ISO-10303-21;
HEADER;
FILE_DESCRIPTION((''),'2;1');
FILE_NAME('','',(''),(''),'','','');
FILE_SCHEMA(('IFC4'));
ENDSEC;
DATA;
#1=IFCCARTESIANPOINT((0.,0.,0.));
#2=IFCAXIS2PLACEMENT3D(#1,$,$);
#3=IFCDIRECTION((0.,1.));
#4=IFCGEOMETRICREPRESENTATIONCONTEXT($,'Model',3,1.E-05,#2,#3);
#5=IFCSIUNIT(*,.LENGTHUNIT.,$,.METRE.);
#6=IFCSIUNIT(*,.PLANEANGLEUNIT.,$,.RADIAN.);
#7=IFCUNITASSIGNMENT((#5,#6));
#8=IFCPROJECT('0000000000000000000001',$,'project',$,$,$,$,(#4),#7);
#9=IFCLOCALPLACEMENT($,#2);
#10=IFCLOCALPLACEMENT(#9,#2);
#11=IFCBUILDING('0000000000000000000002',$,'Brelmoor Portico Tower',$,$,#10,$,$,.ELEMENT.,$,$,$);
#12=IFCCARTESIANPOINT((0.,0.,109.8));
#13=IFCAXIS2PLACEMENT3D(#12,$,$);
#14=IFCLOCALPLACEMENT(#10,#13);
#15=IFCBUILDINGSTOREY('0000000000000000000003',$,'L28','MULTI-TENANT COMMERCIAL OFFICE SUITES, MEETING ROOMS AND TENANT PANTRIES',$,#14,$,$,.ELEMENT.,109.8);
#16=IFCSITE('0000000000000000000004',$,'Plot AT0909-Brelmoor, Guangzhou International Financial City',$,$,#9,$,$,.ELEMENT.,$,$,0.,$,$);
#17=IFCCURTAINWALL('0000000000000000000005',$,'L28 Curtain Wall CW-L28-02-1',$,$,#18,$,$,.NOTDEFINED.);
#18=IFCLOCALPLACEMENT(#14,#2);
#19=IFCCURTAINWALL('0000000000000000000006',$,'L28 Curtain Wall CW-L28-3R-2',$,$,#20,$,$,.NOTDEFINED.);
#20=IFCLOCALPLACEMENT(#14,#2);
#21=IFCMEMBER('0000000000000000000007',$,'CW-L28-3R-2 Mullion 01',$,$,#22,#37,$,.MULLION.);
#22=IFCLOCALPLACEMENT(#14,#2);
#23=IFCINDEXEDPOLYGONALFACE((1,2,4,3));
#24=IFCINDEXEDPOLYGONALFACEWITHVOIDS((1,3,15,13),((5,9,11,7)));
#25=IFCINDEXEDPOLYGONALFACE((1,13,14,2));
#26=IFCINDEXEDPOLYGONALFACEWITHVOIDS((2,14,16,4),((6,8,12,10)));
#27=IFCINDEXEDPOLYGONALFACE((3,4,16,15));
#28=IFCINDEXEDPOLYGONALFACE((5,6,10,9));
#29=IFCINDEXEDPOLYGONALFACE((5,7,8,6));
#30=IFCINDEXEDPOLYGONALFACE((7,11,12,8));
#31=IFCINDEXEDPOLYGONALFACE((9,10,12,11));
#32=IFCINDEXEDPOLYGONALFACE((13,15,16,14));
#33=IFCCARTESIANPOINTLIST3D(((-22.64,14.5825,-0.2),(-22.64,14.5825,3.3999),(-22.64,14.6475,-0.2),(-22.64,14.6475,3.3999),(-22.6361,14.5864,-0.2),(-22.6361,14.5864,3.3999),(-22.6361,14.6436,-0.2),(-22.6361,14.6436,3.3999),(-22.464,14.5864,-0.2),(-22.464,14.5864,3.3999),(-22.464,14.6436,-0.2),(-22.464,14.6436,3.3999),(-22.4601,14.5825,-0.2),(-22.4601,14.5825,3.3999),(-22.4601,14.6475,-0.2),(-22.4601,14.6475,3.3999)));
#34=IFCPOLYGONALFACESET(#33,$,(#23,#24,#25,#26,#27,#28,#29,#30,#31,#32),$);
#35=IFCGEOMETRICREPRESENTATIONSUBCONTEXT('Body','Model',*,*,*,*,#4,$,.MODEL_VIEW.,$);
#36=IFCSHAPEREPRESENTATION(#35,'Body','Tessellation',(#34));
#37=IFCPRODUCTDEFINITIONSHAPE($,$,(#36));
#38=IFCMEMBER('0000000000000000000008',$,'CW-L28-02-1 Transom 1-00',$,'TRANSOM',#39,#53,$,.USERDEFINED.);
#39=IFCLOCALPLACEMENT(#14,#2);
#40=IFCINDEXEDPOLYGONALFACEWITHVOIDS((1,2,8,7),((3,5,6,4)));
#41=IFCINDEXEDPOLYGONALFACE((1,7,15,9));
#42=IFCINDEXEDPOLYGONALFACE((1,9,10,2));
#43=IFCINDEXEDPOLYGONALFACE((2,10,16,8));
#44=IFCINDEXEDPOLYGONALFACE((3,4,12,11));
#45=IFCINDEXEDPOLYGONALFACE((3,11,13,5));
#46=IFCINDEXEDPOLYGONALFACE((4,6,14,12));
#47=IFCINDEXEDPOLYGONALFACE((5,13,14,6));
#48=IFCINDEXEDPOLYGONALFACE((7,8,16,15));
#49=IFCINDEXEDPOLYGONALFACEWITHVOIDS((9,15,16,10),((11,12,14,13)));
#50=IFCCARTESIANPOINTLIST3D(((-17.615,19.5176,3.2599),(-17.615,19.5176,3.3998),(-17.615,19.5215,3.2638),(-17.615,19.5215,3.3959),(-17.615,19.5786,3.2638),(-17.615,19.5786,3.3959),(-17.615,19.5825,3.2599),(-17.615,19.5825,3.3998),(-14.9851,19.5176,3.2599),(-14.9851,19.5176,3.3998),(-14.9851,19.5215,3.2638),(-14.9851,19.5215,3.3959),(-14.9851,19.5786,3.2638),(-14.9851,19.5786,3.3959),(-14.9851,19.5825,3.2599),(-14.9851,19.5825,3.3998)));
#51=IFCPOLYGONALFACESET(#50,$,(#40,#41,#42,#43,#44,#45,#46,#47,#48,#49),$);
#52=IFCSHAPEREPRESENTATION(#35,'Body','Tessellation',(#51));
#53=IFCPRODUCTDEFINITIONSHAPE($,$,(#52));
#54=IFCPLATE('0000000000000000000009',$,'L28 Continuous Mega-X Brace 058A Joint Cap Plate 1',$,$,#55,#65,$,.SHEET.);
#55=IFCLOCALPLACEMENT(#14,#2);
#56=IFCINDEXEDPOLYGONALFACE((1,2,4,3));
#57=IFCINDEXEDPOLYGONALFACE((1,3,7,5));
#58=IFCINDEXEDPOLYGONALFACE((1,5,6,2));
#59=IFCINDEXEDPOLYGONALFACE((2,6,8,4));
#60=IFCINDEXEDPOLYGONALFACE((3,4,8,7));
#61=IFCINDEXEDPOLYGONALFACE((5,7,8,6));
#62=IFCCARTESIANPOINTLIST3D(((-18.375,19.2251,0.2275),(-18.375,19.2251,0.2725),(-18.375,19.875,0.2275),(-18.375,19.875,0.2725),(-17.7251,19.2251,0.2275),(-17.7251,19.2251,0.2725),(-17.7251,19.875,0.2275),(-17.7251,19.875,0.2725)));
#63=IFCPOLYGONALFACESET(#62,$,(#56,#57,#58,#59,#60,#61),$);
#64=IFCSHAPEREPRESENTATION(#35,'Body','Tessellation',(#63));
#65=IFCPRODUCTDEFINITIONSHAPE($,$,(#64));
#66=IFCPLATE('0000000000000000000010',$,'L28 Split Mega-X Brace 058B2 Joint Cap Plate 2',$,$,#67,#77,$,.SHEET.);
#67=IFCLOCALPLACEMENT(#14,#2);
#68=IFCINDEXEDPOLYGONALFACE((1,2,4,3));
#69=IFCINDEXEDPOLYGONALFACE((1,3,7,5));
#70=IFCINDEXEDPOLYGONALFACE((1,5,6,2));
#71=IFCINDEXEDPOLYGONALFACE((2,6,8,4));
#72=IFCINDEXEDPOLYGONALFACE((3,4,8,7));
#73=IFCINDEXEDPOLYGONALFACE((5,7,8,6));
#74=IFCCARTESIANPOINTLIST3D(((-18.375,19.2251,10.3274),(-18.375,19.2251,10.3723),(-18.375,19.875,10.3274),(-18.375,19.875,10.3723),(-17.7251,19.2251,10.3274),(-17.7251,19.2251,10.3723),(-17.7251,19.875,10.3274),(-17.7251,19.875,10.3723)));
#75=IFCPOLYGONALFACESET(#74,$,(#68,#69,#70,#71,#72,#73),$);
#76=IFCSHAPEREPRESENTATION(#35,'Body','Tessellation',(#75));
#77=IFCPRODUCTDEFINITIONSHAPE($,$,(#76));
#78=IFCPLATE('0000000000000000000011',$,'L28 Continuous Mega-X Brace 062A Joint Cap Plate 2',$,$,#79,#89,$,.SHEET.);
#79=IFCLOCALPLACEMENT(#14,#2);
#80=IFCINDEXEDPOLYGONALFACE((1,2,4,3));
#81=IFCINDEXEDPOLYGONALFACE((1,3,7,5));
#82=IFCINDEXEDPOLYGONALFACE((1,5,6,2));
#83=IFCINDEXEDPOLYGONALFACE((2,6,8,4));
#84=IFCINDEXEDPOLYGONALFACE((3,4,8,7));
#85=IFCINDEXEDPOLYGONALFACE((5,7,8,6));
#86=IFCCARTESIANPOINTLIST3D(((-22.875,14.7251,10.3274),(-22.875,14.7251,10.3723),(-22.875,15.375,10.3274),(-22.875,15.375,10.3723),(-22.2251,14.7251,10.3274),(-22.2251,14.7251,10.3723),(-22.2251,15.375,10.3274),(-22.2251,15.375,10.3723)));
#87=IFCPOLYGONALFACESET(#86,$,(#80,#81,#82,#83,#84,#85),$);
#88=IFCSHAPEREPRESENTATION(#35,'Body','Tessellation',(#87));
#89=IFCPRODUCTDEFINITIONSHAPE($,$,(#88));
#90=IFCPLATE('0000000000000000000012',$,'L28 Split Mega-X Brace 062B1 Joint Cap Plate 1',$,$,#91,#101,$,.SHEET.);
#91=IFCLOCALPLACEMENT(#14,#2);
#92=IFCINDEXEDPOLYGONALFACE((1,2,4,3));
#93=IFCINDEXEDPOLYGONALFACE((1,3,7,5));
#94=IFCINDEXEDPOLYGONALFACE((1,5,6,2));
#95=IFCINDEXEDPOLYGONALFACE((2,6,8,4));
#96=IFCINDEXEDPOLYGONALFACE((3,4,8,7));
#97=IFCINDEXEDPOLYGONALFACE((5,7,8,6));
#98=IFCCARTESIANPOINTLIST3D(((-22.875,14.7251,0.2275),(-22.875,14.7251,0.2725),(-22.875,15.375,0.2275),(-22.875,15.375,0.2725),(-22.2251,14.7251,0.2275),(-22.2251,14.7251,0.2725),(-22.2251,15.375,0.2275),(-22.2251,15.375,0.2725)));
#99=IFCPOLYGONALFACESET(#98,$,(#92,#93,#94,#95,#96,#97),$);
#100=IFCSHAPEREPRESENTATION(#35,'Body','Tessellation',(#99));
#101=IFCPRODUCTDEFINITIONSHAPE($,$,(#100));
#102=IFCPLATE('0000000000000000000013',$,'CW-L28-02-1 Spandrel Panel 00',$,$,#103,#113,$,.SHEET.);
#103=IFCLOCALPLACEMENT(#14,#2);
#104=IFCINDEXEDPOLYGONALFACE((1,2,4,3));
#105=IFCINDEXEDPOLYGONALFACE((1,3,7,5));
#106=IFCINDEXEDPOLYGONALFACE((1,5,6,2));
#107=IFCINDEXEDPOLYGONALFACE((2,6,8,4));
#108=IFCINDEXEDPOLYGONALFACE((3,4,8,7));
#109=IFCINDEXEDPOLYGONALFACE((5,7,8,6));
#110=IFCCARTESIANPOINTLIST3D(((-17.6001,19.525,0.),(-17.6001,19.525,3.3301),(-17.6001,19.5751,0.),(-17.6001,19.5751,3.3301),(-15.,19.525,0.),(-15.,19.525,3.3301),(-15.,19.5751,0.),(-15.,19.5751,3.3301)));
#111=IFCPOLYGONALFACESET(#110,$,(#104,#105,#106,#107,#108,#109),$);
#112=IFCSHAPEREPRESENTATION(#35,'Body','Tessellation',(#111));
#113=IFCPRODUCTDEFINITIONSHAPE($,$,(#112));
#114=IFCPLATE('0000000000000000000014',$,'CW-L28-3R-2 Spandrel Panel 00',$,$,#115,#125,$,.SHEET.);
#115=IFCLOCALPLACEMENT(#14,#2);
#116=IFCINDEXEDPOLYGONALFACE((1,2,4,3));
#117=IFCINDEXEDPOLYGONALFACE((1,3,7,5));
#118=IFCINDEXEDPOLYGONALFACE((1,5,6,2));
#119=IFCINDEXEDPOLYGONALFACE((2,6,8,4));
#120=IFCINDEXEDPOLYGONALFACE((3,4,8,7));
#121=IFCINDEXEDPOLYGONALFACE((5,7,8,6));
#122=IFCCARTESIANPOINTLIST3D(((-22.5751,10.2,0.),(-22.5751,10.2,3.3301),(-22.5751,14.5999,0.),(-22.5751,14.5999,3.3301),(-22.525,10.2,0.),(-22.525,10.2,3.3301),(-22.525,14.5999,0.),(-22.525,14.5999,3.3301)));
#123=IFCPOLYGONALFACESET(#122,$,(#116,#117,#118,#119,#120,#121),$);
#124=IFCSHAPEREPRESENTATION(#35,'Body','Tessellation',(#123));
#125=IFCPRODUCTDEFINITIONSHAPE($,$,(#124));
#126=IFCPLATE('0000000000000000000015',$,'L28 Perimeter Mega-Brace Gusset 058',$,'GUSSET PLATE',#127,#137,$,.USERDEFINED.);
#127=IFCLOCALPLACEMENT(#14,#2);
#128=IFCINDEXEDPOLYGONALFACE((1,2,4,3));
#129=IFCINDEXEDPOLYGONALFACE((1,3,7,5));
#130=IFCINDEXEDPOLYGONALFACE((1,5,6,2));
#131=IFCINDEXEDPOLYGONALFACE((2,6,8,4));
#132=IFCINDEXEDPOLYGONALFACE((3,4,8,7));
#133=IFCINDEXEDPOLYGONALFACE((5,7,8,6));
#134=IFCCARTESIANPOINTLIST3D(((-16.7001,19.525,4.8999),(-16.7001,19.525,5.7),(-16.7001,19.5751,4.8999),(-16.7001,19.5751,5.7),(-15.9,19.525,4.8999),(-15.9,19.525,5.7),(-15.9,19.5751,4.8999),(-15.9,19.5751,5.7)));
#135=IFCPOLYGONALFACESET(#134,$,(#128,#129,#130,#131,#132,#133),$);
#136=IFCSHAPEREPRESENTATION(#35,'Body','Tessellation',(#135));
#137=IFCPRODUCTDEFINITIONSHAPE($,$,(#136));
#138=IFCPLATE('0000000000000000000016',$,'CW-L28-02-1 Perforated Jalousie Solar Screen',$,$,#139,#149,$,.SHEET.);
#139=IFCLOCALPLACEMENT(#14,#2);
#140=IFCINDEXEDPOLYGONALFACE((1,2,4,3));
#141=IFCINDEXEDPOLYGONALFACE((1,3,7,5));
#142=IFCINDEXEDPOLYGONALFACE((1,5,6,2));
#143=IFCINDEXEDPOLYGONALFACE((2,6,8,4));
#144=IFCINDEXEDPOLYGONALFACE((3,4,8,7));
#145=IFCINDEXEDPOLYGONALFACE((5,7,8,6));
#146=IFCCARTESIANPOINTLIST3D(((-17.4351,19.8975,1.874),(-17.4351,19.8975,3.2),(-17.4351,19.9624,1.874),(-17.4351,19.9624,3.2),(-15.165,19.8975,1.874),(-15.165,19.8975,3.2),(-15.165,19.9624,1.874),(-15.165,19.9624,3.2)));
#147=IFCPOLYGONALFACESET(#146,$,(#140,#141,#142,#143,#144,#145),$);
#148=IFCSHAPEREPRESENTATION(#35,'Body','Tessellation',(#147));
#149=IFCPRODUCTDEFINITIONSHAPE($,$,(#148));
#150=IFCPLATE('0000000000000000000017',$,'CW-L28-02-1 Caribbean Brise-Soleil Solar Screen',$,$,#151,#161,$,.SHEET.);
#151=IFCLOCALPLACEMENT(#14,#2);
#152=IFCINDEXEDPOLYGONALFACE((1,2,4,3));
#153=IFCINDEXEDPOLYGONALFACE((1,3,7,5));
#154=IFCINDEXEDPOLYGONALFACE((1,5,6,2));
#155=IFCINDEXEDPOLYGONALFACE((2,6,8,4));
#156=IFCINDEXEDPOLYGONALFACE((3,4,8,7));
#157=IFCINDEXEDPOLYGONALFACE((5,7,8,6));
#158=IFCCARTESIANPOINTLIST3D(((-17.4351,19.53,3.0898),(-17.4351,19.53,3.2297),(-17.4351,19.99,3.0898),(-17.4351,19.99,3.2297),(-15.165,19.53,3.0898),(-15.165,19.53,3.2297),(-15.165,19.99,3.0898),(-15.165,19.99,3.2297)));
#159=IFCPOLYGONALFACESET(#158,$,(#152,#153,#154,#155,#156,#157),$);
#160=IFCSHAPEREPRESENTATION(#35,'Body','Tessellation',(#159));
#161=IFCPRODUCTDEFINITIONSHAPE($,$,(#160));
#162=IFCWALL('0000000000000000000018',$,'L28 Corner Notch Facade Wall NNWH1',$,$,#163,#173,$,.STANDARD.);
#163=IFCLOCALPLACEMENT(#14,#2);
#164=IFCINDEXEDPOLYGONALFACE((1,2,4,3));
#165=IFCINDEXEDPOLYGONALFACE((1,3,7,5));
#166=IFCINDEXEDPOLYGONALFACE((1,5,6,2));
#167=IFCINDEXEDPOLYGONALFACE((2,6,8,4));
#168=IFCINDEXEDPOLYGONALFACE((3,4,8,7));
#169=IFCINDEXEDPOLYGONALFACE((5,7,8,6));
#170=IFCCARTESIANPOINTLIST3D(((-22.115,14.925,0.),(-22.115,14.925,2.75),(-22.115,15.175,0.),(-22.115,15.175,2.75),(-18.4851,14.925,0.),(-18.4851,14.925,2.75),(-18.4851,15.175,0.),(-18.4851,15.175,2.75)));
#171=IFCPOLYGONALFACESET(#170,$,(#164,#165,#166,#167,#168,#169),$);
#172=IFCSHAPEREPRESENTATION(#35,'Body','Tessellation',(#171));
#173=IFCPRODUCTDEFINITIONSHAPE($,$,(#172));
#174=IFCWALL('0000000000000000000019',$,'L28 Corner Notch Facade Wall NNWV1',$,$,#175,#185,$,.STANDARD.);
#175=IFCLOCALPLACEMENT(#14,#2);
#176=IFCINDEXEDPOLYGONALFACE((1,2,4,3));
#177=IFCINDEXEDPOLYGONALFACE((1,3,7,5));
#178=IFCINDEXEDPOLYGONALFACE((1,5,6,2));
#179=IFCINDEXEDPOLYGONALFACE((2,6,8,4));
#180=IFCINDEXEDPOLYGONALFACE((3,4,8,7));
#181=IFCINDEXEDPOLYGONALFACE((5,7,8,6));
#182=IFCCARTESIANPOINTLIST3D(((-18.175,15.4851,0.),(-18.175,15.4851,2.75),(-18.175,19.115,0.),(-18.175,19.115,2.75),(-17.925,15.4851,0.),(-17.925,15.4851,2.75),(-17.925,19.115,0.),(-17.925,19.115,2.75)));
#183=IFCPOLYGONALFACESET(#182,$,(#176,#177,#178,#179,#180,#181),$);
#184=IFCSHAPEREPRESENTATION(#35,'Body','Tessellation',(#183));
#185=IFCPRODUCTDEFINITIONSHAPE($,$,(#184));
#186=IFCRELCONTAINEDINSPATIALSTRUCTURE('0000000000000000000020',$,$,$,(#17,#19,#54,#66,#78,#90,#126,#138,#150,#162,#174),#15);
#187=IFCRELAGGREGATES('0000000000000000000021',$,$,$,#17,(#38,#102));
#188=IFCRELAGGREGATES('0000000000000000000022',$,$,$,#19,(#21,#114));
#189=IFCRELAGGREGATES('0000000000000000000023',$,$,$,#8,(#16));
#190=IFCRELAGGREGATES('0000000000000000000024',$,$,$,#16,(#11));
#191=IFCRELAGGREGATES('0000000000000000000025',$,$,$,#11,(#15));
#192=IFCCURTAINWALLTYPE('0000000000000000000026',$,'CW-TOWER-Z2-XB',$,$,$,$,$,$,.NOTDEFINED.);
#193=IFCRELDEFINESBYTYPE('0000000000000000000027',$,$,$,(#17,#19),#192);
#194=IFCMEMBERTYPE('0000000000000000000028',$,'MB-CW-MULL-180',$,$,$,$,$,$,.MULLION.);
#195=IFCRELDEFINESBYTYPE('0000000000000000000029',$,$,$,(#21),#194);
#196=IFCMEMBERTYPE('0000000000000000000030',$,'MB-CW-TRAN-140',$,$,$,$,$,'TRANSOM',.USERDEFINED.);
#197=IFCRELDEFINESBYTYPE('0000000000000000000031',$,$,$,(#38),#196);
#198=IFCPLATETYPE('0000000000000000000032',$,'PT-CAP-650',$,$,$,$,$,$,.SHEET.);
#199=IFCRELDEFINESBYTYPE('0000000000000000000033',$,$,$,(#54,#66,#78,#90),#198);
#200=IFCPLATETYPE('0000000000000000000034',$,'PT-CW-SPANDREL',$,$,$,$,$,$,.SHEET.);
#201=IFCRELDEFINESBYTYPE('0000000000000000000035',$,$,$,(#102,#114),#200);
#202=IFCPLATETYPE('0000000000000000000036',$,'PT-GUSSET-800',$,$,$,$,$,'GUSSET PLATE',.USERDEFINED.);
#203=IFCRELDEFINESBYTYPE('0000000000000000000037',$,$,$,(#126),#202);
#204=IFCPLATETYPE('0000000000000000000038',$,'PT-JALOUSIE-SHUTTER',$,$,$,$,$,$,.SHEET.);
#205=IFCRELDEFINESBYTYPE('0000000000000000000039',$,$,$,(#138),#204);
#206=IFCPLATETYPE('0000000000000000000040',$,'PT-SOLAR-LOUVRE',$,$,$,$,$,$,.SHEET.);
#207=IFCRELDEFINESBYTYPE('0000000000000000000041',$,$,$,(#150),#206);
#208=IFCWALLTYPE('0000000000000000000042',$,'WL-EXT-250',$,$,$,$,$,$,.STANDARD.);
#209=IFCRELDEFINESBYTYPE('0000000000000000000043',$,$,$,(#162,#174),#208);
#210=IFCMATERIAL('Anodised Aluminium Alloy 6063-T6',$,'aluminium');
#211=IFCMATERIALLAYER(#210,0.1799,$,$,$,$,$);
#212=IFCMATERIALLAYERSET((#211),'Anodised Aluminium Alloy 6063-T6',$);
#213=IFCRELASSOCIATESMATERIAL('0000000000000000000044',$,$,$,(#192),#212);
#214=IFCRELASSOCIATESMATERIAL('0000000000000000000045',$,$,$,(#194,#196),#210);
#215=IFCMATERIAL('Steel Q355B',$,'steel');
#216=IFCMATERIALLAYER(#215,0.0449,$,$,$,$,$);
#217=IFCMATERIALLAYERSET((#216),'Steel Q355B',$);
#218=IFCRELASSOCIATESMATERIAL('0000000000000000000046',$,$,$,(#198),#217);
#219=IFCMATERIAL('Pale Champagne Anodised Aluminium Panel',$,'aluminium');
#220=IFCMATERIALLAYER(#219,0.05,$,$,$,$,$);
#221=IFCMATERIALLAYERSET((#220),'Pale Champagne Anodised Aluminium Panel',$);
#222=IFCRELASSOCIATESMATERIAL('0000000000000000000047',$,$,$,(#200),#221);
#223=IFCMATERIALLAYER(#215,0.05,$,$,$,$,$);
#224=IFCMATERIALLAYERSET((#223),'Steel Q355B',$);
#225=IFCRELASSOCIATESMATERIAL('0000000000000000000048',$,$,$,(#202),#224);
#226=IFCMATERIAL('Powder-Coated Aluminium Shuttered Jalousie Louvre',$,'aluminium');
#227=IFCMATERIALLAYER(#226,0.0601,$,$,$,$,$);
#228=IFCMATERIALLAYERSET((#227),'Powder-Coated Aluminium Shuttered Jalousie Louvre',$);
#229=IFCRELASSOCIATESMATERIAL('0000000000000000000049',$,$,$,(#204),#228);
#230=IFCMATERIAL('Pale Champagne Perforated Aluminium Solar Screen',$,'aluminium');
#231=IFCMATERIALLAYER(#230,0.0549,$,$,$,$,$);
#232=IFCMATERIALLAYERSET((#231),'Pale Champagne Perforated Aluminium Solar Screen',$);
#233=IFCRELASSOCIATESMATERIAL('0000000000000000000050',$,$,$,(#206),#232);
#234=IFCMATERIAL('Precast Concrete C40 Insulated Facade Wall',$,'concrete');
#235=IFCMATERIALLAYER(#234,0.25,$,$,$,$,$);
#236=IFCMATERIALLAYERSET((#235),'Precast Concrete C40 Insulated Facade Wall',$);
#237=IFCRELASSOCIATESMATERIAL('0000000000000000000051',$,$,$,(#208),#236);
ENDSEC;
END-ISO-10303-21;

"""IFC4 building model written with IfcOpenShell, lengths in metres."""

from ifc_helpers import new_model, si_unit, direction, frame, frame_2d, origin, origin_2d, place, context, subcontext, project, spatial, rectangle, hollow_rectangle, extrude, material, layer, layer_set, material_profile, profile_set, type_object, element, aggregate, save


model = new_model("IFC4")

# Units and contexts
model_context = context("Model", 3, precision=1e-05, world=origin(), true_north=direction((0.0, 1.0)))
body_context = subcontext(model_context, "Body", "Model", "MODEL_VIEW")
ifc_project = project(units=[si_unit("LENGTHUNIT", "METRE"), si_unit("PLANEANGLEUNIT", "RADIAN")], contexts=[model_context])

# Site, building, storey
site_placement = place(None, origin())
site = spatial("IfcSite", under=ifc_project, at=site_placement, Name="Plot AT0909-Brelmoor, Guangzhou International Financial City", CompositionType="ELEMENT", RefElevation=0.0)
building_placement = place(site_placement, origin())
building = spatial("IfcBuilding", under=site, at=building_placement, Name="Brelmoor Portico Tower", CompositionType="ELEMENT")
storey_placement = place(building_placement, frame((0.0, 0.0, 109.8)))
storey = spatial("IfcBuildingStorey", under=building, at=storey_placement, Name="L28", Description="MULTI-TENANT COMMERCIAL OFFICE SUITES, MEETING ROOMS AND TENANT PANTRIES", CompositionType="ELEMENT", Elevation=109.8)

# Shared definitions
ifc_material_1 = material(Name="Steel Q355B", Category="steel")

# Curtain walls, member
ifc_material_2 = material(Name="Anodised Aluminium Alloy 6063-T6", Category="aluminium")
ifc_layer_1 = layer(ifc_material_2, 0.1799)
ifc_layer_set_1 = layer_set([ifc_layer_1], Name="Anodised Aluminium Alloy 6063-T6")
curtain_wall_type = type_object("IfcCurtainWallType", Name="CW-TOWER-Z2-XB", PredefinedType="NOTDEFINED", material=ifc_layer_set_1)
curtain_wall_1_placement = place(storey_placement, origin())
curtain_wall_1 = element("IfcCurtainWall", 1, at=curtain_wall_1_placement, inside=storey, type_object=curtain_wall_type, Name="L28 Curtain Wall CW-L28-02-1", PredefinedType="NOTDEFINED")
ifc_material_profile_1 = material_profile(ifc_material_2, hollow_rectangle(XDim=0.0649, YDim=0.1799, WallThickness=0.0039, at=origin_2d()), Name="ALU MULLION 65x180")
ifc_profile_set_1 = profile_set([ifc_material_profile_1], Name="Anodised Aluminium Alloy 6063-T6")
member_type_1 = type_object("IfcMemberType", Name="MB-CW-MULL-180", PredefinedType="MULLION", material=ifc_profile_set_1)
curtain_wall_2_placement = place(storey_placement, origin())
curtain_wall_2 = element("IfcCurtainWall", 2, at=curtain_wall_2_placement, inside=storey, type_object=curtain_wall_type, Name="L28 Curtain Wall CW-L28-3R-2", PredefinedType="NOTDEFINED")
member_1_placement = place(storey_placement, frame((-22.55, 14.615, -0.2), z_axis=(0.0, 0.0, 1.0), x_axis=(0.0, 1.0, 0.0)))
member_1 = element("IfcMember", 3, at=member_1_placement, type_object=member_type_1, Name="CW-L28-3R-2 Mullion 01", PredefinedType="MULLION", context=body_context, shape_type="SweptSolid", body=[
    extrude(hollow_rectangle(XDim=0.0649, YDim=0.1799, WallThickness=0.0039, at=origin_2d()), origin(), (0.0, 0.0, 1.0), 3.5999),
])

# Member
ifc_material_profile_2 = material_profile(ifc_material_2, hollow_rectangle(XDim=0.0649, YDim=0.1399, WallThickness=0.0039, at=origin_2d()), Name="ALU TRANSOM 65x140")
ifc_profile_set_2 = profile_set([ifc_material_profile_2], Name="Anodised Aluminium Alloy 6063-T6")
member_type_2 = type_object("IfcMemberType", Name="MB-CW-TRAN-140", ElementType="TRANSOM", PredefinedType="USERDEFINED", material=ifc_profile_set_2)
member_2_placement = place(storey_placement, frame((-17.615, 19.55, 3.3298), z_axis=(1.0, 0.0, 0.0), x_axis=(0.0, 1.0, 0.0)))
member_2 = element("IfcMember", 4, at=member_2_placement, type_object=member_type_2, Name="CW-L28-02-1 Transom 1-00", ObjectType="TRANSOM", PredefinedType="USERDEFINED", context=body_context, shape_type="SweptSolid", body=[
    extrude(hollow_rectangle(XDim=0.0649, YDim=0.1399, WallThickness=0.0039, at=origin_2d()), origin(), (0.0, 0.0, 1.0), 2.6299),
])

# Plates
ifc_layer_2 = layer(ifc_material_1, 0.0449)
ifc_layer_set_2 = layer_set([ifc_layer_2], Name="Steel Q355B")
plate_type_1 = type_object("IfcPlateType", Name="PT-CAP-650", PredefinedType="SHEET", material=ifc_layer_set_2)
for number, where, z_axis, x_axis, name in (
    (5, (-18.05, 19.55, 0.2275), (0.0, 0.0, 1.0), (1.0, 0.0, 0.0), "L28 Continuous Mega-X Brace 058A Joint Cap Plate 1"),
    (6, (-18.05, 19.55, 10.3274), (0.0, 0.0, 1.0), (1.0, 0.0, 0.0), "L28 Split Mega-X Brace 058B2 Joint Cap Plate 2"),
    (7, (-22.55, 15.05, 10.3274), (0.0, 0.0, 1.0), (1.0, 0.0, 0.0), "L28 Continuous Mega-X Brace 062A Joint Cap Plate 2"),
    (8, (-22.55, 15.05, 0.2275), (0.0, 0.0, 1.0), (1.0, 0.0, 0.0), "L28 Split Mega-X Brace 062B1 Joint Cap Plate 1"),
):
    element("IfcPlate", number, at=place(storey_placement, frame(where, z_axis=z_axis, x_axis=x_axis)), inside=storey, type_object=plate_type_1, Name=name, PredefinedType="SHEET", context=body_context, shape_type="SweptSolid", body=[
        extrude(rectangle(XDim=0.6499, YDim=0.6499, at=origin_2d()), origin(), (0.0, 0.0, 1.0), 0.0449),
    ])

# Plates
ifc_material_3 = material(Name="Pale Champagne Anodised Aluminium Panel", Category="aluminium")
ifc_layer_3 = layer(ifc_material_3, 0.05)
ifc_layer_set_3 = layer_set([ifc_layer_3], Name="Pale Champagne Anodised Aluminium Panel")
plate_type_2 = type_object("IfcPlateType", Name="PT-CW-SPANDREL", PredefinedType="SHEET", material=ifc_layer_set_3)
plate_1_placement = place(storey_placement, frame((-16.3, 19.55, 0.0), z_axis=(0.0, 0.0, 1.0), x_axis=(1.0, 0.0, 0.0)))
plate_1 = element("IfcPlate", 9, at=plate_1_placement, type_object=plate_type_2, Name="CW-L28-02-1 Spandrel Panel 00", PredefinedType="SHEET", context=body_context, shape_type="SweptSolid", body=[
    extrude(rectangle(XDim=2.6001, YDim=0.05, at=origin_2d()), origin(), (0.0, 0.0, 1.0), 3.3301),
])
aggregate(curtain_wall_1, [member_2, plate_1])
plate_2_placement = place(storey_placement, frame((-22.55, 12.3999, 0.0), z_axis=(0.0, 0.0, 1.0), x_axis=(0.0, 1.0, 0.0)))
plate_2 = element("IfcPlate", 10, at=plate_2_placement, type_object=plate_type_2, Name="CW-L28-3R-2 Spandrel Panel 00", PredefinedType="SHEET", context=body_context, shape_type="SweptSolid", body=[
    extrude(rectangle(XDim=4.3999, YDim=0.05, at=origin_2d()), origin(), (0.0, 0.0, 1.0), 3.3301),
])
aggregate(curtain_wall_2, [member_1, plate_2])

# Plates
ifc_layer_4 = layer(ifc_material_1, 0.05)
ifc_layer_set_4 = layer_set([ifc_layer_4], Name="Steel Q355B")
plate_type_3 = type_object("IfcPlateType", Name="PT-GUSSET-800", ElementType="GUSSET PLATE", PredefinedType="USERDEFINED", material=ifc_layer_set_4)
plate_3_placement = place(storey_placement, frame((-16.3, 19.55, 4.8999), z_axis=(0.0, 0.0, 1.0), x_axis=(1.0, 0.0, 0.0)))
element("IfcPlate", 11, at=plate_3_placement, inside=storey, type_object=plate_type_3, Name="L28 Perimeter Mega-Brace Gusset 058", ObjectType="GUSSET PLATE", PredefinedType="USERDEFINED", context=body_context, shape_type="SweptSolid", body=[
    extrude(rectangle(XDim=0.8, YDim=0.05, at=origin_2d()), origin(), (0.0, 0.0, 1.0), 0.8),
])
ifc_material_4 = material(Name="Powder-Coated Aluminium Shuttered Jalousie Louvre", Category="aluminium")
ifc_layer_5 = layer(ifc_material_4, 0.0601)
ifc_layer_set_5 = layer_set([ifc_layer_5], Name="Powder-Coated Aluminium Shuttered Jalousie Louvre")
plate_type_4 = type_object("IfcPlateType", Name="PT-JALOUSIE-SHUTTER", PredefinedType="SHEET", material=ifc_layer_set_5)
plate_4_placement = place(storey_placement, frame((-16.3, 19.9299, 1.874), z_axis=(0.0, 0.0, 1.0), x_axis=(1.0, 0.0, 0.0)))
element("IfcPlate", 12, at=plate_4_placement, inside=storey, type_object=plate_type_4, Name="CW-L28-02-1 Perforated Jalousie Solar Screen", PredefinedType="SHEET", context=body_context, shape_type="SweptSolid", body=[
    extrude(rectangle(XDim=2.27, YDim=0.0649, at=origin_2d()), origin(), (0.0, 0.0, 1.0), 1.3259),
])
ifc_material_5 = material(Name="Pale Champagne Perforated Aluminium Solar Screen", Category="aluminium")
ifc_layer_6 = layer(ifc_material_5, 0.0549)
ifc_layer_set_6 = layer_set([ifc_layer_6], Name="Pale Champagne Perforated Aluminium Solar Screen")
plate_type_5 = type_object("IfcPlateType", Name="PT-SOLAR-LOUVRE", PredefinedType="SHEET", material=ifc_layer_set_6)
plate_5_placement = place(storey_placement, frame((-16.3, 19.76, 3.0898), z_axis=(0.0, 0.0, 1.0), x_axis=(1.0, 0.0, 0.0)))
element("IfcPlate", 13, at=plate_5_placement, inside=storey, type_object=plate_type_5, Name="CW-L28-02-1 Caribbean Brise-Soleil Solar Screen", PredefinedType="SHEET", context=body_context, shape_type="SweptSolid", body=[
    extrude(rectangle(XDim=2.27, YDim=0.46, at=origin_2d()), origin(), (0.0, 0.0, 1.0), 0.1399),
])

# Walls
ifc_material_6 = material(Name="Precast Concrete C40 Insulated Facade Wall", Category="concrete")
ifc_layer_7 = layer(ifc_material_6, 0.25)
ifc_layer_set_7 = layer_set([ifc_layer_7], Name="Precast Concrete C40 Insulated Facade Wall")
wall_type_1 = type_object("IfcWallType", Name="WL-EXT-250", PredefinedType="STANDARD", material=ifc_layer_set_7)
for number, where, z_axis, x_axis, name in (
    (14, (-22.115, 15.05, 0.0), (0.0, 0.0, 1.0), (1.0, 0.0, 0.0), "L28 Corner Notch Facade Wall NNWH1"),
    (15, (-18.05, 15.4851, 0.0), (0.0, 0.0, 1.0), (0.0, 1.0, 0.0), "L28 Corner Notch Facade Wall NNWV1"),
):
    element("IfcWall", number, at=place(storey_placement, frame(where, z_axis=z_axis, x_axis=x_axis)), inside=storey, type_object=wall_type_1, Name=name, PredefinedType="STANDARD", context=body_context, shape_type="SweptSolid", body=[
        extrude(rectangle(XDim=3.6299, YDim=0.25, at=frame_2d((1.8149, 0.0))), origin(), (0.0, 0.0, 1.0), 2.75),
    ])

save(model, "model.ifc")
